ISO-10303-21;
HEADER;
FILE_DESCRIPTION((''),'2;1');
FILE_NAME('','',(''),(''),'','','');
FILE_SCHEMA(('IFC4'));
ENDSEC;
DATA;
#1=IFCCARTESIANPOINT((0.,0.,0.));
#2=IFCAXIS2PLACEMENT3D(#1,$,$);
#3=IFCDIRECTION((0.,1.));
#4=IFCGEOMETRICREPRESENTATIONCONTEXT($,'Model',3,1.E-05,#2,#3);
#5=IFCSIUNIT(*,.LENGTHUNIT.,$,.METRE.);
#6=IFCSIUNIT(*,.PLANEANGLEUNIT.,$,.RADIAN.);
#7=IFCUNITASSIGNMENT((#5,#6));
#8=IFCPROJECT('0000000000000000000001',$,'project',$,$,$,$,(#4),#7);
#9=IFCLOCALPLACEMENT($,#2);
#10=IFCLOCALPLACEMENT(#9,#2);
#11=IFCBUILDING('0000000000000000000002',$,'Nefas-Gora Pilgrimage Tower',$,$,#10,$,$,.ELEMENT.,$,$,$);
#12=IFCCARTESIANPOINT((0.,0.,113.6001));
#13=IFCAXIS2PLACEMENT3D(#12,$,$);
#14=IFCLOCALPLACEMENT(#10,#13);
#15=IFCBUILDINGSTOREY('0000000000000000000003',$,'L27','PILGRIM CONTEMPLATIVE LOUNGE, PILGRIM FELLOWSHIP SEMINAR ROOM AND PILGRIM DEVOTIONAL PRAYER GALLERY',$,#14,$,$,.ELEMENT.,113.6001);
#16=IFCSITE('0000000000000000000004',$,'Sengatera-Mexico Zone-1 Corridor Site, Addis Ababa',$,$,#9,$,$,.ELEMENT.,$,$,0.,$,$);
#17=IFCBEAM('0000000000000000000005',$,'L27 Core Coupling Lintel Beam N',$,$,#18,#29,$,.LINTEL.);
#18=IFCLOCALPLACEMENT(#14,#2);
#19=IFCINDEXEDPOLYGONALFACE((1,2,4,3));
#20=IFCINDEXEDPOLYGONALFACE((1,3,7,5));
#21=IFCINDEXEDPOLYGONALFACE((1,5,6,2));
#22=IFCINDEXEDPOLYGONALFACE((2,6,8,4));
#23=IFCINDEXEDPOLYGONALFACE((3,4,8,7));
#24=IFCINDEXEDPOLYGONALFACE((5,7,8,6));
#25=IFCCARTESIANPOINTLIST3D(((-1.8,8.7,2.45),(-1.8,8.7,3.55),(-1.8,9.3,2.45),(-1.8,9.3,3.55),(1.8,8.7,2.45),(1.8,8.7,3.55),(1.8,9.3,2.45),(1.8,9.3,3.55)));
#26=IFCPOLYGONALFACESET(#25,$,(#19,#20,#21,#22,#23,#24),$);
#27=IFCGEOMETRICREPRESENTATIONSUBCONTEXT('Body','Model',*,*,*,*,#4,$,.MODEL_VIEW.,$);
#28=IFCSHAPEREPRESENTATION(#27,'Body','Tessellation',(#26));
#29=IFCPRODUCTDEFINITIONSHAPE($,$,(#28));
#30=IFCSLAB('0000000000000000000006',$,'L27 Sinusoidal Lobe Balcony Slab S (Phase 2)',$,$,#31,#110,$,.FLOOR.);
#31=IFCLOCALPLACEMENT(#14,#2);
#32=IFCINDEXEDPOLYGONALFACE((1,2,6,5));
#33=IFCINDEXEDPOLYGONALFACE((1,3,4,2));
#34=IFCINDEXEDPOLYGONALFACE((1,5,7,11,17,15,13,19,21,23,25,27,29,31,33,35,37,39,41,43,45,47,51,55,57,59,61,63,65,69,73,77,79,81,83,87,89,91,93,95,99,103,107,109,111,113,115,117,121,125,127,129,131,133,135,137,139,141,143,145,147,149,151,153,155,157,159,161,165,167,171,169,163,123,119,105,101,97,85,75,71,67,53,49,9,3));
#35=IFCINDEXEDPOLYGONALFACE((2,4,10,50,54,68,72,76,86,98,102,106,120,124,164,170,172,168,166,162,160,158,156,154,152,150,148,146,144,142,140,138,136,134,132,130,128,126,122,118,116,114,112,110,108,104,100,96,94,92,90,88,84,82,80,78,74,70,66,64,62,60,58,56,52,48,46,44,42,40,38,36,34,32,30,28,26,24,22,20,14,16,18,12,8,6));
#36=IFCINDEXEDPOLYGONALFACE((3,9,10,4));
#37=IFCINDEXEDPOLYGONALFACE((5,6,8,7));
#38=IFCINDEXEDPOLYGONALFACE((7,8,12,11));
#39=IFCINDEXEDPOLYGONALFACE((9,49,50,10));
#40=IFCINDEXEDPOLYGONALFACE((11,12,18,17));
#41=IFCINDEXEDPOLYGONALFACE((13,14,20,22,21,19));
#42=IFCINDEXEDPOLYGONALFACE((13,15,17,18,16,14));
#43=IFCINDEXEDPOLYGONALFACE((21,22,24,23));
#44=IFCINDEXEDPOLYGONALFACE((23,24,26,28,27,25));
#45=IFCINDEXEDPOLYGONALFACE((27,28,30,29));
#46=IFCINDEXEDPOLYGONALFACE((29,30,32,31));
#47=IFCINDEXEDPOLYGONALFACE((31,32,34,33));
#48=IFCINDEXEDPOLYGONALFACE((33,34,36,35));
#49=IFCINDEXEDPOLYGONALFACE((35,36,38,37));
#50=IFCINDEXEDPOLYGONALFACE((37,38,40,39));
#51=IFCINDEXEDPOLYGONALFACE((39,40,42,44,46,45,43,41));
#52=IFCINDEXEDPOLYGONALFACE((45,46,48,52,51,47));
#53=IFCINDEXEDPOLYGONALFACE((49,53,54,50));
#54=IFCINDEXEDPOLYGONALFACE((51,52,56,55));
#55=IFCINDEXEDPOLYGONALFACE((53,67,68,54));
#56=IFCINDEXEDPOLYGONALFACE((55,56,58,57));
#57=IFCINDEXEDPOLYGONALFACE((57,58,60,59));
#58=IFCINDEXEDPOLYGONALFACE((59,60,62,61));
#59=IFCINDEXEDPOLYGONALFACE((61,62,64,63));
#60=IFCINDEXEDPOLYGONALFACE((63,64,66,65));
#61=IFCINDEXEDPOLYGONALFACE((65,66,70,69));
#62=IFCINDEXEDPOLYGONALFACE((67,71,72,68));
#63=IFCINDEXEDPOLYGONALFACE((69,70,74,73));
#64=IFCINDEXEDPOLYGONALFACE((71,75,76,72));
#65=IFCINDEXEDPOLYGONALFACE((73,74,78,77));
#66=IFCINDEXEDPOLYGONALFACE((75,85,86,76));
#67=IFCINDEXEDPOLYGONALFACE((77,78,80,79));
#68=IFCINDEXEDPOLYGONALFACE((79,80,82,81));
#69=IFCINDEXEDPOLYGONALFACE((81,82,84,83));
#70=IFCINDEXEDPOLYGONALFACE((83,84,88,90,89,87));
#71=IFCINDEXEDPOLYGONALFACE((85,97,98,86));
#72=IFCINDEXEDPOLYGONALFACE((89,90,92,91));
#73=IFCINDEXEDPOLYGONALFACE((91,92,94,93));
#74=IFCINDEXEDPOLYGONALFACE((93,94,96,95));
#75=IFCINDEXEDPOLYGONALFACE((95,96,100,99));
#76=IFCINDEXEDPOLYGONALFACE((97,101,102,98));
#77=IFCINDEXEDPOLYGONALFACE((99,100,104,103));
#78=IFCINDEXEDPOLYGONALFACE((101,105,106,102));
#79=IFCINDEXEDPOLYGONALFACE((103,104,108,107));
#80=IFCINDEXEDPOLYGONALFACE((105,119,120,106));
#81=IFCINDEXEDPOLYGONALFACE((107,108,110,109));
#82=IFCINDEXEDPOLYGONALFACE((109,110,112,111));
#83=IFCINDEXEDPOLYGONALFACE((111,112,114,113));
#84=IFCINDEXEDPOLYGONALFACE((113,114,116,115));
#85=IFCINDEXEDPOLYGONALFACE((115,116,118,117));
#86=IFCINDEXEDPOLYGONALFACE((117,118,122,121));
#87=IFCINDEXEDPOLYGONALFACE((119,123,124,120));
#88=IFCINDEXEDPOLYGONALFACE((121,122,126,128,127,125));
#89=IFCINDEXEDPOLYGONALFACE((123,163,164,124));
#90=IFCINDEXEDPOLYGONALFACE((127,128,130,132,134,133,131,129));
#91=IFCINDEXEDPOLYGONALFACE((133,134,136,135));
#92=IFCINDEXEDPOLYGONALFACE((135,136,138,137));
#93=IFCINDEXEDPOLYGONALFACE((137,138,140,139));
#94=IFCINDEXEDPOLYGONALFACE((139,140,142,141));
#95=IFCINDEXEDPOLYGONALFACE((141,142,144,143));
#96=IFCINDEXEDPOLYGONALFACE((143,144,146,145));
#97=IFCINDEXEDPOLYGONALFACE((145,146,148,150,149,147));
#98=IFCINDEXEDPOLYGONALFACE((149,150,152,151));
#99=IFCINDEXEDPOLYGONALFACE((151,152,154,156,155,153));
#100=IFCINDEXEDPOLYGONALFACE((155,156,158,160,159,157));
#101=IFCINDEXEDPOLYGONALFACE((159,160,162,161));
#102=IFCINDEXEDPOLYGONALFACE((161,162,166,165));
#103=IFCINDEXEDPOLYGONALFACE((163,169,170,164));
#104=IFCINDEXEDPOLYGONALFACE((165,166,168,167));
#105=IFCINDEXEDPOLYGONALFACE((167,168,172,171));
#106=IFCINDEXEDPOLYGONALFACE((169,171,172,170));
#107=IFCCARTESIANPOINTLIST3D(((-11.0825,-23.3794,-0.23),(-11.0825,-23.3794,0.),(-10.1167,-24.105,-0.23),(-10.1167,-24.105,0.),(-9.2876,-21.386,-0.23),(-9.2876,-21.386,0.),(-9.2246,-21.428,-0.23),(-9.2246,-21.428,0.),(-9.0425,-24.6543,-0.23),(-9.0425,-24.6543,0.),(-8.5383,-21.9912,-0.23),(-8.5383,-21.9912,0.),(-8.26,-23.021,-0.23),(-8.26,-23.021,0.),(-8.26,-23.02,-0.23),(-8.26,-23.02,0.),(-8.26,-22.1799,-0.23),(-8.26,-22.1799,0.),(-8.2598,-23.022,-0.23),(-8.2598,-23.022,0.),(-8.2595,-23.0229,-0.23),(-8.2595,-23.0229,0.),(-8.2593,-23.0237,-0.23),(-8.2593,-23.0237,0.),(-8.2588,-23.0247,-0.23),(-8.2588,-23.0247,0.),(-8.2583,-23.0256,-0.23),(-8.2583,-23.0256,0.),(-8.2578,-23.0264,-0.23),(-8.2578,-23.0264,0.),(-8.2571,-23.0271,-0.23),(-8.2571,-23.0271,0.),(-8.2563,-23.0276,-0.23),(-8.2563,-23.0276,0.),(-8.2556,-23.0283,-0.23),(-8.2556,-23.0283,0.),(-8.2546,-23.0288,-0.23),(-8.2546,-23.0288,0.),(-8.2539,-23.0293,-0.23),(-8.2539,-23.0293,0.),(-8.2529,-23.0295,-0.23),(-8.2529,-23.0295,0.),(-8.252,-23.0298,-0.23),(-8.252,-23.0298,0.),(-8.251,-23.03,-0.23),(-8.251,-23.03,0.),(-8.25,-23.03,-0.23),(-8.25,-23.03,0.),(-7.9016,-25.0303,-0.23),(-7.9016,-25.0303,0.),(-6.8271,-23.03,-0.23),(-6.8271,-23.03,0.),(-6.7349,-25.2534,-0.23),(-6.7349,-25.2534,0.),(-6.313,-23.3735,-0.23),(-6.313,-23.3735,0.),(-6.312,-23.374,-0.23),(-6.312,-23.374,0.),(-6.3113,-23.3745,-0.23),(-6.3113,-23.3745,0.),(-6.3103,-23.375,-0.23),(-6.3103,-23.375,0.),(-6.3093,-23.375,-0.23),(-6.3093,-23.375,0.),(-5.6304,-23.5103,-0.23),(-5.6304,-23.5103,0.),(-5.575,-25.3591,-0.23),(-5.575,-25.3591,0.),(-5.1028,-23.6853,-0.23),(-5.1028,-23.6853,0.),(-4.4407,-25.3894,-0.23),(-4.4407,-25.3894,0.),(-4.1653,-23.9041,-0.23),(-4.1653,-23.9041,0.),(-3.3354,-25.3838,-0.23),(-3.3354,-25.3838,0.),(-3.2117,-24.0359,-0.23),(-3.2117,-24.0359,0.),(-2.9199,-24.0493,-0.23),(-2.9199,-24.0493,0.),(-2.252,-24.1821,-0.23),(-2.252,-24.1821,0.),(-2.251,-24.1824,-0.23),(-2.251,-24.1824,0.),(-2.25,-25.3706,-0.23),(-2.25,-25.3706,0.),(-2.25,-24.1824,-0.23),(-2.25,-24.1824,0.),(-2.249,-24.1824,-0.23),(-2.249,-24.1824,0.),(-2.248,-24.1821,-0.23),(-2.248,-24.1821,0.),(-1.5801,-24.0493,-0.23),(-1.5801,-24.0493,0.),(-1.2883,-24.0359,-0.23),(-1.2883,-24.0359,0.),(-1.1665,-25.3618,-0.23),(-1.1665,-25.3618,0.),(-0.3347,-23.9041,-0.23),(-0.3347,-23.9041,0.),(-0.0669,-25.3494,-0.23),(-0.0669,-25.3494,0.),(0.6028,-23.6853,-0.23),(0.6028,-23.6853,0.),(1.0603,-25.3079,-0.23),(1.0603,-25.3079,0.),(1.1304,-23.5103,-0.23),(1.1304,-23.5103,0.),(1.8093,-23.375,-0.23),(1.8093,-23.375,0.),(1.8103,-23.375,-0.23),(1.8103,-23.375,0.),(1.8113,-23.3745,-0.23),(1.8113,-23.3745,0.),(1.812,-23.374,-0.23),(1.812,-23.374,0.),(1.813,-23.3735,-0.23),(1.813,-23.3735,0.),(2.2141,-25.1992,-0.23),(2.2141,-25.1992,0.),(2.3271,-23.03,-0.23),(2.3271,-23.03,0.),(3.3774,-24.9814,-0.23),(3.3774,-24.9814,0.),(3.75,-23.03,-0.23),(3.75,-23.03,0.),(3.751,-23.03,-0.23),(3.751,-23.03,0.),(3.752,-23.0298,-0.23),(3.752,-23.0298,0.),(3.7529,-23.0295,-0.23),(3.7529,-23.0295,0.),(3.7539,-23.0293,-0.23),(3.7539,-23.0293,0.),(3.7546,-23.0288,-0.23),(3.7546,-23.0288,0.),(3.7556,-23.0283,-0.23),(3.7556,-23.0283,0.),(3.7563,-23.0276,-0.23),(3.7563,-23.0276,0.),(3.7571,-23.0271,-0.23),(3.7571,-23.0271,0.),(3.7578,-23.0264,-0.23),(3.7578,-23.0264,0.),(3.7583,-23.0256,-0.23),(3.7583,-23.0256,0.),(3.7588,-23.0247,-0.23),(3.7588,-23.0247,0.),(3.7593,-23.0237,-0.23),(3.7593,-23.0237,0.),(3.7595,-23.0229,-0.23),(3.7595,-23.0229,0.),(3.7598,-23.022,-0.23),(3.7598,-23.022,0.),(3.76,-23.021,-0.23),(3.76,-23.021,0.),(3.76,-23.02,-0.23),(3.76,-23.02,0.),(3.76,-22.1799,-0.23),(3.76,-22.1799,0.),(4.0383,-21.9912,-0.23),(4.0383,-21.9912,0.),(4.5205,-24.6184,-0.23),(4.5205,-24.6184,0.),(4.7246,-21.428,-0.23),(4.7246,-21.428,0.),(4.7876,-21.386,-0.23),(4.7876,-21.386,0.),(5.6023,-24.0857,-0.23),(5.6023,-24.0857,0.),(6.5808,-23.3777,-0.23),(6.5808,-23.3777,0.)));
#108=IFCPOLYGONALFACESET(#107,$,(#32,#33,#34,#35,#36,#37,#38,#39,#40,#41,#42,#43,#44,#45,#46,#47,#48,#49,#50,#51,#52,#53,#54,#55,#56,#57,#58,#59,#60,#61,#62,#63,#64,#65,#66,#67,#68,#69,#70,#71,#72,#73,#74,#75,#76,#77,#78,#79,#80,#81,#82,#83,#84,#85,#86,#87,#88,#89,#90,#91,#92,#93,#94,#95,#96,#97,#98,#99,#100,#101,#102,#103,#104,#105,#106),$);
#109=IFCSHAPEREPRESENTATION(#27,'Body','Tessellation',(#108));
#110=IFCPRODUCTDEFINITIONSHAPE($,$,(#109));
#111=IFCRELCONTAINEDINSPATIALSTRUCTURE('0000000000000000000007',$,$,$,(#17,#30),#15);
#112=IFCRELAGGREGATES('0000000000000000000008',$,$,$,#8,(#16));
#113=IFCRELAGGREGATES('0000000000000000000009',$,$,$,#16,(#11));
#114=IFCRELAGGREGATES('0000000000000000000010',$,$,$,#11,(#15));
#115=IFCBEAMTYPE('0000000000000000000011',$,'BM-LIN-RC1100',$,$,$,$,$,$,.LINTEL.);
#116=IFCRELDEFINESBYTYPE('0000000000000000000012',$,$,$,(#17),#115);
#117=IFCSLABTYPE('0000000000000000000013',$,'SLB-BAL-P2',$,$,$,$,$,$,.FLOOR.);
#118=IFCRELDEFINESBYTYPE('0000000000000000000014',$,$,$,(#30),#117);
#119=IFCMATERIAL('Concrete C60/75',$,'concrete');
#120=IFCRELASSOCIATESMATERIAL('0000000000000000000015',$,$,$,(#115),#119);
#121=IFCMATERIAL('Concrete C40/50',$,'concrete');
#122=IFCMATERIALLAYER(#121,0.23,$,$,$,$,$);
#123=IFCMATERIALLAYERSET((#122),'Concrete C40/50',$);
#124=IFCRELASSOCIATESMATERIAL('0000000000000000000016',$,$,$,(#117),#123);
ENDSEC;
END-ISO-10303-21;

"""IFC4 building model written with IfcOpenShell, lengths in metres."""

from ifc_helpers import new_model, si_unit, direction, frame, origin, origin_2d, place, context, subcontext, project, spatial, polyline, rectangle, outline, extrude, source, transform, mapped, material, layer, layer_set, material_profile, profile_set, type_object, element, save


model = new_model("IFC4")

# Units and contexts
model_context = context("Model", 3, precision=1e-05, world=origin(), true_north=direction((0.0, 1.0)))
body_context = subcontext(model_context, "Body", "Model", "MODEL_VIEW")
ifc_project = project(units=[si_unit("LENGTHUNIT", "METRE"), si_unit("PLANEANGLEUNIT", "RADIAN")], contexts=[model_context])

# Site, building, storey
site_placement = place(None, origin())
site = spatial("IfcSite", under=ifc_project, at=site_placement, Name="Sengatera-Mexico Zone-1 Corridor Site, Addis Ababa", CompositionType="ELEMENT", RefElevation=0.0)
building_placement = place(site_placement, origin())
building = spatial("IfcBuilding", under=site, at=building_placement, Name="Nefas-Gora Pilgrimage Tower", CompositionType="ELEMENT")
storey_placement = place(building_placement, frame((0.0, 0.0, 113.6001)))
storey = spatial("IfcBuildingStorey", under=building, at=storey_placement, Name="L27", Description="PILGRIM CONTEMPLATIVE LOUNGE, PILGRIM FELLOWSHIP SEMINAR ROOM AND PILGRIM DEVOTIONAL PRAYER GALLERY", CompositionType="ELEMENT", Elevation=113.6001)

# Beam
ifc_material_1 = material(Name="Concrete C60/75", Category="concrete")
ifc_material_profile = material_profile(ifc_material_1, rectangle(XDim=0.6001, YDim=1.1001, at=origin_2d()), Name="RC 600x1100")
ifc_profile_set = profile_set([ifc_material_profile], Name="Concrete C60/75")
beam_type = type_object("IfcBeamType", Name="BM-LIN-RC1100", PredefinedType="LINTEL", material=ifc_profile_set)
shared_shape_1 = source(origin(), body_context, "Body", "SweptSolid", [
    extrude(rectangle(XDim=0.6001, YDim=1.1001, at=origin_2d()), origin(), (0.0, 0.0, 1.0), 3.6001),
])
beam_placement = place(storey_placement, frame((-1.8, 9.0, 3.0), z_axis=(1.0, 0.0, 0.0), x_axis=(0.0, 1.0, 0.0)))
element("IfcBeam", 1, at=beam_placement, inside=storey, type_object=beam_type, Name="L27 Core Coupling Lintel Beam N", PredefinedType="LINTEL", context=body_context, shape_type="MappedRepresentation", body=[
    mapped(shared_shape_1, transform((0.0, 0.0, 0.0), x_axis=(1.0, 0.0, 0.0), y_axis=(0.0, 1.0, 0.0), z_axis=(0.0, 0.0, 1.0), scale=1.0)),
])

# Slab
ifc_material_2 = material(Name="Concrete C40/50", Category="concrete")
ifc_layer_1 = layer(ifc_material_2, 0.23)
ifc_layer_set_1 = layer_set([ifc_layer_1], Name="Concrete C40/50")
slab_type_1 = type_object("IfcSlabType", Name="SLB-BAL-P2", PredefinedType="FLOOR", material=ifc_layer_set_1)
slab_1_placement = place(storey_placement, frame((0.0, 0.0, -0.23)))
element("IfcSlab", 2, at=slab_1_placement, inside=storey, type_object=slab_type_1, Name="L27 Sinusoidal Lobe Balcony Slab S (Phase 2)", PredefinedType="FLOOR", context=body_context, shape_type="SweptSolid", body=[
    extrude(outline(polyline([(4.7876, -21.386), (4.7246, -21.428), (4.0383, -21.9912), (3.76, -22.1799), (3.76, -23.02), (3.76, -23.021), (3.7598, -23.022), (3.7595, -23.0229), (3.7593, -23.0237), (3.7588, -23.0247), (3.7583, -23.0256), (3.7578, -23.0264), (3.7571, -23.0271), (3.7563, -23.0276), (3.7556, -23.0283), (3.7546, -23.0288), (3.7539, -23.0293), (3.7529, -23.0295), (3.752, -23.0298), (3.751, -23.03), (3.75, -23.03), (2.3271, -23.03), (1.813, -23.3735), (1.812, -23.374), (1.8113, -23.3745), (1.8103, -23.375), (1.8093, -23.375), (1.1304, -23.5103), (0.6028, -23.6853), (-0.3347, -23.9041), (-1.2883, -24.0359), (-1.5801, -24.0493), (-2.248, -24.1821), (-2.249, -24.1824), (-2.25, -24.1824), (-2.251, -24.1824), (-2.252, -24.1821), (-2.9199, -24.0493), (-3.2117, -24.0359), (-4.1653, -23.9041), (-5.1028, -23.6853), (-5.6304, -23.5103), (-6.3093, -23.375), (-6.3103, -23.375), (-6.3113, -23.3745), (-6.312, -23.374), (-6.313, -23.3735), (-6.8271, -23.03), (-8.25, -23.03), (-8.251, -23.03), (-8.252, -23.0298), (-8.2529, -23.0295), (-8.2539, -23.0293), (-8.2546, -23.0288), (-8.2556, -23.0283), (-8.2563, -23.0276), (-8.2571, -23.0271), (-8.2578, -23.0264), (-8.2583, -23.0256), (-8.2588, -23.0247), (-8.2593, -23.0237), (-8.2595, -23.0229), (-8.2598, -23.022), (-8.26, -23.021), (-8.26, -23.02), (-8.26, -22.1799), (-8.5383, -21.9912), (-9.2246, -21.428), (-9.2876, -21.386), (-11.0825, -23.3794), (-10.1167, -24.105), (-9.0425, -24.6543), (-7.9016, -25.0303), (-6.7349, -25.2534), (-5.575, -25.3591), (-4.4407, -25.3894), (-3.3354, -25.3838), (-2.25, -25.3706), (-1.1665, -25.3618), (-0.0669, -25.3494), (1.0603, -25.3079), (2.2141, -25.1992), (3.3774, -24.9814), (4.5205, -24.6184), (5.6023, -24.0857), (6.5808, -23.3777), (4.7876, -21.386)])), origin(), (0.0, 0.0, 1.0), 0.23),
])

save(model, "model.ifc")
